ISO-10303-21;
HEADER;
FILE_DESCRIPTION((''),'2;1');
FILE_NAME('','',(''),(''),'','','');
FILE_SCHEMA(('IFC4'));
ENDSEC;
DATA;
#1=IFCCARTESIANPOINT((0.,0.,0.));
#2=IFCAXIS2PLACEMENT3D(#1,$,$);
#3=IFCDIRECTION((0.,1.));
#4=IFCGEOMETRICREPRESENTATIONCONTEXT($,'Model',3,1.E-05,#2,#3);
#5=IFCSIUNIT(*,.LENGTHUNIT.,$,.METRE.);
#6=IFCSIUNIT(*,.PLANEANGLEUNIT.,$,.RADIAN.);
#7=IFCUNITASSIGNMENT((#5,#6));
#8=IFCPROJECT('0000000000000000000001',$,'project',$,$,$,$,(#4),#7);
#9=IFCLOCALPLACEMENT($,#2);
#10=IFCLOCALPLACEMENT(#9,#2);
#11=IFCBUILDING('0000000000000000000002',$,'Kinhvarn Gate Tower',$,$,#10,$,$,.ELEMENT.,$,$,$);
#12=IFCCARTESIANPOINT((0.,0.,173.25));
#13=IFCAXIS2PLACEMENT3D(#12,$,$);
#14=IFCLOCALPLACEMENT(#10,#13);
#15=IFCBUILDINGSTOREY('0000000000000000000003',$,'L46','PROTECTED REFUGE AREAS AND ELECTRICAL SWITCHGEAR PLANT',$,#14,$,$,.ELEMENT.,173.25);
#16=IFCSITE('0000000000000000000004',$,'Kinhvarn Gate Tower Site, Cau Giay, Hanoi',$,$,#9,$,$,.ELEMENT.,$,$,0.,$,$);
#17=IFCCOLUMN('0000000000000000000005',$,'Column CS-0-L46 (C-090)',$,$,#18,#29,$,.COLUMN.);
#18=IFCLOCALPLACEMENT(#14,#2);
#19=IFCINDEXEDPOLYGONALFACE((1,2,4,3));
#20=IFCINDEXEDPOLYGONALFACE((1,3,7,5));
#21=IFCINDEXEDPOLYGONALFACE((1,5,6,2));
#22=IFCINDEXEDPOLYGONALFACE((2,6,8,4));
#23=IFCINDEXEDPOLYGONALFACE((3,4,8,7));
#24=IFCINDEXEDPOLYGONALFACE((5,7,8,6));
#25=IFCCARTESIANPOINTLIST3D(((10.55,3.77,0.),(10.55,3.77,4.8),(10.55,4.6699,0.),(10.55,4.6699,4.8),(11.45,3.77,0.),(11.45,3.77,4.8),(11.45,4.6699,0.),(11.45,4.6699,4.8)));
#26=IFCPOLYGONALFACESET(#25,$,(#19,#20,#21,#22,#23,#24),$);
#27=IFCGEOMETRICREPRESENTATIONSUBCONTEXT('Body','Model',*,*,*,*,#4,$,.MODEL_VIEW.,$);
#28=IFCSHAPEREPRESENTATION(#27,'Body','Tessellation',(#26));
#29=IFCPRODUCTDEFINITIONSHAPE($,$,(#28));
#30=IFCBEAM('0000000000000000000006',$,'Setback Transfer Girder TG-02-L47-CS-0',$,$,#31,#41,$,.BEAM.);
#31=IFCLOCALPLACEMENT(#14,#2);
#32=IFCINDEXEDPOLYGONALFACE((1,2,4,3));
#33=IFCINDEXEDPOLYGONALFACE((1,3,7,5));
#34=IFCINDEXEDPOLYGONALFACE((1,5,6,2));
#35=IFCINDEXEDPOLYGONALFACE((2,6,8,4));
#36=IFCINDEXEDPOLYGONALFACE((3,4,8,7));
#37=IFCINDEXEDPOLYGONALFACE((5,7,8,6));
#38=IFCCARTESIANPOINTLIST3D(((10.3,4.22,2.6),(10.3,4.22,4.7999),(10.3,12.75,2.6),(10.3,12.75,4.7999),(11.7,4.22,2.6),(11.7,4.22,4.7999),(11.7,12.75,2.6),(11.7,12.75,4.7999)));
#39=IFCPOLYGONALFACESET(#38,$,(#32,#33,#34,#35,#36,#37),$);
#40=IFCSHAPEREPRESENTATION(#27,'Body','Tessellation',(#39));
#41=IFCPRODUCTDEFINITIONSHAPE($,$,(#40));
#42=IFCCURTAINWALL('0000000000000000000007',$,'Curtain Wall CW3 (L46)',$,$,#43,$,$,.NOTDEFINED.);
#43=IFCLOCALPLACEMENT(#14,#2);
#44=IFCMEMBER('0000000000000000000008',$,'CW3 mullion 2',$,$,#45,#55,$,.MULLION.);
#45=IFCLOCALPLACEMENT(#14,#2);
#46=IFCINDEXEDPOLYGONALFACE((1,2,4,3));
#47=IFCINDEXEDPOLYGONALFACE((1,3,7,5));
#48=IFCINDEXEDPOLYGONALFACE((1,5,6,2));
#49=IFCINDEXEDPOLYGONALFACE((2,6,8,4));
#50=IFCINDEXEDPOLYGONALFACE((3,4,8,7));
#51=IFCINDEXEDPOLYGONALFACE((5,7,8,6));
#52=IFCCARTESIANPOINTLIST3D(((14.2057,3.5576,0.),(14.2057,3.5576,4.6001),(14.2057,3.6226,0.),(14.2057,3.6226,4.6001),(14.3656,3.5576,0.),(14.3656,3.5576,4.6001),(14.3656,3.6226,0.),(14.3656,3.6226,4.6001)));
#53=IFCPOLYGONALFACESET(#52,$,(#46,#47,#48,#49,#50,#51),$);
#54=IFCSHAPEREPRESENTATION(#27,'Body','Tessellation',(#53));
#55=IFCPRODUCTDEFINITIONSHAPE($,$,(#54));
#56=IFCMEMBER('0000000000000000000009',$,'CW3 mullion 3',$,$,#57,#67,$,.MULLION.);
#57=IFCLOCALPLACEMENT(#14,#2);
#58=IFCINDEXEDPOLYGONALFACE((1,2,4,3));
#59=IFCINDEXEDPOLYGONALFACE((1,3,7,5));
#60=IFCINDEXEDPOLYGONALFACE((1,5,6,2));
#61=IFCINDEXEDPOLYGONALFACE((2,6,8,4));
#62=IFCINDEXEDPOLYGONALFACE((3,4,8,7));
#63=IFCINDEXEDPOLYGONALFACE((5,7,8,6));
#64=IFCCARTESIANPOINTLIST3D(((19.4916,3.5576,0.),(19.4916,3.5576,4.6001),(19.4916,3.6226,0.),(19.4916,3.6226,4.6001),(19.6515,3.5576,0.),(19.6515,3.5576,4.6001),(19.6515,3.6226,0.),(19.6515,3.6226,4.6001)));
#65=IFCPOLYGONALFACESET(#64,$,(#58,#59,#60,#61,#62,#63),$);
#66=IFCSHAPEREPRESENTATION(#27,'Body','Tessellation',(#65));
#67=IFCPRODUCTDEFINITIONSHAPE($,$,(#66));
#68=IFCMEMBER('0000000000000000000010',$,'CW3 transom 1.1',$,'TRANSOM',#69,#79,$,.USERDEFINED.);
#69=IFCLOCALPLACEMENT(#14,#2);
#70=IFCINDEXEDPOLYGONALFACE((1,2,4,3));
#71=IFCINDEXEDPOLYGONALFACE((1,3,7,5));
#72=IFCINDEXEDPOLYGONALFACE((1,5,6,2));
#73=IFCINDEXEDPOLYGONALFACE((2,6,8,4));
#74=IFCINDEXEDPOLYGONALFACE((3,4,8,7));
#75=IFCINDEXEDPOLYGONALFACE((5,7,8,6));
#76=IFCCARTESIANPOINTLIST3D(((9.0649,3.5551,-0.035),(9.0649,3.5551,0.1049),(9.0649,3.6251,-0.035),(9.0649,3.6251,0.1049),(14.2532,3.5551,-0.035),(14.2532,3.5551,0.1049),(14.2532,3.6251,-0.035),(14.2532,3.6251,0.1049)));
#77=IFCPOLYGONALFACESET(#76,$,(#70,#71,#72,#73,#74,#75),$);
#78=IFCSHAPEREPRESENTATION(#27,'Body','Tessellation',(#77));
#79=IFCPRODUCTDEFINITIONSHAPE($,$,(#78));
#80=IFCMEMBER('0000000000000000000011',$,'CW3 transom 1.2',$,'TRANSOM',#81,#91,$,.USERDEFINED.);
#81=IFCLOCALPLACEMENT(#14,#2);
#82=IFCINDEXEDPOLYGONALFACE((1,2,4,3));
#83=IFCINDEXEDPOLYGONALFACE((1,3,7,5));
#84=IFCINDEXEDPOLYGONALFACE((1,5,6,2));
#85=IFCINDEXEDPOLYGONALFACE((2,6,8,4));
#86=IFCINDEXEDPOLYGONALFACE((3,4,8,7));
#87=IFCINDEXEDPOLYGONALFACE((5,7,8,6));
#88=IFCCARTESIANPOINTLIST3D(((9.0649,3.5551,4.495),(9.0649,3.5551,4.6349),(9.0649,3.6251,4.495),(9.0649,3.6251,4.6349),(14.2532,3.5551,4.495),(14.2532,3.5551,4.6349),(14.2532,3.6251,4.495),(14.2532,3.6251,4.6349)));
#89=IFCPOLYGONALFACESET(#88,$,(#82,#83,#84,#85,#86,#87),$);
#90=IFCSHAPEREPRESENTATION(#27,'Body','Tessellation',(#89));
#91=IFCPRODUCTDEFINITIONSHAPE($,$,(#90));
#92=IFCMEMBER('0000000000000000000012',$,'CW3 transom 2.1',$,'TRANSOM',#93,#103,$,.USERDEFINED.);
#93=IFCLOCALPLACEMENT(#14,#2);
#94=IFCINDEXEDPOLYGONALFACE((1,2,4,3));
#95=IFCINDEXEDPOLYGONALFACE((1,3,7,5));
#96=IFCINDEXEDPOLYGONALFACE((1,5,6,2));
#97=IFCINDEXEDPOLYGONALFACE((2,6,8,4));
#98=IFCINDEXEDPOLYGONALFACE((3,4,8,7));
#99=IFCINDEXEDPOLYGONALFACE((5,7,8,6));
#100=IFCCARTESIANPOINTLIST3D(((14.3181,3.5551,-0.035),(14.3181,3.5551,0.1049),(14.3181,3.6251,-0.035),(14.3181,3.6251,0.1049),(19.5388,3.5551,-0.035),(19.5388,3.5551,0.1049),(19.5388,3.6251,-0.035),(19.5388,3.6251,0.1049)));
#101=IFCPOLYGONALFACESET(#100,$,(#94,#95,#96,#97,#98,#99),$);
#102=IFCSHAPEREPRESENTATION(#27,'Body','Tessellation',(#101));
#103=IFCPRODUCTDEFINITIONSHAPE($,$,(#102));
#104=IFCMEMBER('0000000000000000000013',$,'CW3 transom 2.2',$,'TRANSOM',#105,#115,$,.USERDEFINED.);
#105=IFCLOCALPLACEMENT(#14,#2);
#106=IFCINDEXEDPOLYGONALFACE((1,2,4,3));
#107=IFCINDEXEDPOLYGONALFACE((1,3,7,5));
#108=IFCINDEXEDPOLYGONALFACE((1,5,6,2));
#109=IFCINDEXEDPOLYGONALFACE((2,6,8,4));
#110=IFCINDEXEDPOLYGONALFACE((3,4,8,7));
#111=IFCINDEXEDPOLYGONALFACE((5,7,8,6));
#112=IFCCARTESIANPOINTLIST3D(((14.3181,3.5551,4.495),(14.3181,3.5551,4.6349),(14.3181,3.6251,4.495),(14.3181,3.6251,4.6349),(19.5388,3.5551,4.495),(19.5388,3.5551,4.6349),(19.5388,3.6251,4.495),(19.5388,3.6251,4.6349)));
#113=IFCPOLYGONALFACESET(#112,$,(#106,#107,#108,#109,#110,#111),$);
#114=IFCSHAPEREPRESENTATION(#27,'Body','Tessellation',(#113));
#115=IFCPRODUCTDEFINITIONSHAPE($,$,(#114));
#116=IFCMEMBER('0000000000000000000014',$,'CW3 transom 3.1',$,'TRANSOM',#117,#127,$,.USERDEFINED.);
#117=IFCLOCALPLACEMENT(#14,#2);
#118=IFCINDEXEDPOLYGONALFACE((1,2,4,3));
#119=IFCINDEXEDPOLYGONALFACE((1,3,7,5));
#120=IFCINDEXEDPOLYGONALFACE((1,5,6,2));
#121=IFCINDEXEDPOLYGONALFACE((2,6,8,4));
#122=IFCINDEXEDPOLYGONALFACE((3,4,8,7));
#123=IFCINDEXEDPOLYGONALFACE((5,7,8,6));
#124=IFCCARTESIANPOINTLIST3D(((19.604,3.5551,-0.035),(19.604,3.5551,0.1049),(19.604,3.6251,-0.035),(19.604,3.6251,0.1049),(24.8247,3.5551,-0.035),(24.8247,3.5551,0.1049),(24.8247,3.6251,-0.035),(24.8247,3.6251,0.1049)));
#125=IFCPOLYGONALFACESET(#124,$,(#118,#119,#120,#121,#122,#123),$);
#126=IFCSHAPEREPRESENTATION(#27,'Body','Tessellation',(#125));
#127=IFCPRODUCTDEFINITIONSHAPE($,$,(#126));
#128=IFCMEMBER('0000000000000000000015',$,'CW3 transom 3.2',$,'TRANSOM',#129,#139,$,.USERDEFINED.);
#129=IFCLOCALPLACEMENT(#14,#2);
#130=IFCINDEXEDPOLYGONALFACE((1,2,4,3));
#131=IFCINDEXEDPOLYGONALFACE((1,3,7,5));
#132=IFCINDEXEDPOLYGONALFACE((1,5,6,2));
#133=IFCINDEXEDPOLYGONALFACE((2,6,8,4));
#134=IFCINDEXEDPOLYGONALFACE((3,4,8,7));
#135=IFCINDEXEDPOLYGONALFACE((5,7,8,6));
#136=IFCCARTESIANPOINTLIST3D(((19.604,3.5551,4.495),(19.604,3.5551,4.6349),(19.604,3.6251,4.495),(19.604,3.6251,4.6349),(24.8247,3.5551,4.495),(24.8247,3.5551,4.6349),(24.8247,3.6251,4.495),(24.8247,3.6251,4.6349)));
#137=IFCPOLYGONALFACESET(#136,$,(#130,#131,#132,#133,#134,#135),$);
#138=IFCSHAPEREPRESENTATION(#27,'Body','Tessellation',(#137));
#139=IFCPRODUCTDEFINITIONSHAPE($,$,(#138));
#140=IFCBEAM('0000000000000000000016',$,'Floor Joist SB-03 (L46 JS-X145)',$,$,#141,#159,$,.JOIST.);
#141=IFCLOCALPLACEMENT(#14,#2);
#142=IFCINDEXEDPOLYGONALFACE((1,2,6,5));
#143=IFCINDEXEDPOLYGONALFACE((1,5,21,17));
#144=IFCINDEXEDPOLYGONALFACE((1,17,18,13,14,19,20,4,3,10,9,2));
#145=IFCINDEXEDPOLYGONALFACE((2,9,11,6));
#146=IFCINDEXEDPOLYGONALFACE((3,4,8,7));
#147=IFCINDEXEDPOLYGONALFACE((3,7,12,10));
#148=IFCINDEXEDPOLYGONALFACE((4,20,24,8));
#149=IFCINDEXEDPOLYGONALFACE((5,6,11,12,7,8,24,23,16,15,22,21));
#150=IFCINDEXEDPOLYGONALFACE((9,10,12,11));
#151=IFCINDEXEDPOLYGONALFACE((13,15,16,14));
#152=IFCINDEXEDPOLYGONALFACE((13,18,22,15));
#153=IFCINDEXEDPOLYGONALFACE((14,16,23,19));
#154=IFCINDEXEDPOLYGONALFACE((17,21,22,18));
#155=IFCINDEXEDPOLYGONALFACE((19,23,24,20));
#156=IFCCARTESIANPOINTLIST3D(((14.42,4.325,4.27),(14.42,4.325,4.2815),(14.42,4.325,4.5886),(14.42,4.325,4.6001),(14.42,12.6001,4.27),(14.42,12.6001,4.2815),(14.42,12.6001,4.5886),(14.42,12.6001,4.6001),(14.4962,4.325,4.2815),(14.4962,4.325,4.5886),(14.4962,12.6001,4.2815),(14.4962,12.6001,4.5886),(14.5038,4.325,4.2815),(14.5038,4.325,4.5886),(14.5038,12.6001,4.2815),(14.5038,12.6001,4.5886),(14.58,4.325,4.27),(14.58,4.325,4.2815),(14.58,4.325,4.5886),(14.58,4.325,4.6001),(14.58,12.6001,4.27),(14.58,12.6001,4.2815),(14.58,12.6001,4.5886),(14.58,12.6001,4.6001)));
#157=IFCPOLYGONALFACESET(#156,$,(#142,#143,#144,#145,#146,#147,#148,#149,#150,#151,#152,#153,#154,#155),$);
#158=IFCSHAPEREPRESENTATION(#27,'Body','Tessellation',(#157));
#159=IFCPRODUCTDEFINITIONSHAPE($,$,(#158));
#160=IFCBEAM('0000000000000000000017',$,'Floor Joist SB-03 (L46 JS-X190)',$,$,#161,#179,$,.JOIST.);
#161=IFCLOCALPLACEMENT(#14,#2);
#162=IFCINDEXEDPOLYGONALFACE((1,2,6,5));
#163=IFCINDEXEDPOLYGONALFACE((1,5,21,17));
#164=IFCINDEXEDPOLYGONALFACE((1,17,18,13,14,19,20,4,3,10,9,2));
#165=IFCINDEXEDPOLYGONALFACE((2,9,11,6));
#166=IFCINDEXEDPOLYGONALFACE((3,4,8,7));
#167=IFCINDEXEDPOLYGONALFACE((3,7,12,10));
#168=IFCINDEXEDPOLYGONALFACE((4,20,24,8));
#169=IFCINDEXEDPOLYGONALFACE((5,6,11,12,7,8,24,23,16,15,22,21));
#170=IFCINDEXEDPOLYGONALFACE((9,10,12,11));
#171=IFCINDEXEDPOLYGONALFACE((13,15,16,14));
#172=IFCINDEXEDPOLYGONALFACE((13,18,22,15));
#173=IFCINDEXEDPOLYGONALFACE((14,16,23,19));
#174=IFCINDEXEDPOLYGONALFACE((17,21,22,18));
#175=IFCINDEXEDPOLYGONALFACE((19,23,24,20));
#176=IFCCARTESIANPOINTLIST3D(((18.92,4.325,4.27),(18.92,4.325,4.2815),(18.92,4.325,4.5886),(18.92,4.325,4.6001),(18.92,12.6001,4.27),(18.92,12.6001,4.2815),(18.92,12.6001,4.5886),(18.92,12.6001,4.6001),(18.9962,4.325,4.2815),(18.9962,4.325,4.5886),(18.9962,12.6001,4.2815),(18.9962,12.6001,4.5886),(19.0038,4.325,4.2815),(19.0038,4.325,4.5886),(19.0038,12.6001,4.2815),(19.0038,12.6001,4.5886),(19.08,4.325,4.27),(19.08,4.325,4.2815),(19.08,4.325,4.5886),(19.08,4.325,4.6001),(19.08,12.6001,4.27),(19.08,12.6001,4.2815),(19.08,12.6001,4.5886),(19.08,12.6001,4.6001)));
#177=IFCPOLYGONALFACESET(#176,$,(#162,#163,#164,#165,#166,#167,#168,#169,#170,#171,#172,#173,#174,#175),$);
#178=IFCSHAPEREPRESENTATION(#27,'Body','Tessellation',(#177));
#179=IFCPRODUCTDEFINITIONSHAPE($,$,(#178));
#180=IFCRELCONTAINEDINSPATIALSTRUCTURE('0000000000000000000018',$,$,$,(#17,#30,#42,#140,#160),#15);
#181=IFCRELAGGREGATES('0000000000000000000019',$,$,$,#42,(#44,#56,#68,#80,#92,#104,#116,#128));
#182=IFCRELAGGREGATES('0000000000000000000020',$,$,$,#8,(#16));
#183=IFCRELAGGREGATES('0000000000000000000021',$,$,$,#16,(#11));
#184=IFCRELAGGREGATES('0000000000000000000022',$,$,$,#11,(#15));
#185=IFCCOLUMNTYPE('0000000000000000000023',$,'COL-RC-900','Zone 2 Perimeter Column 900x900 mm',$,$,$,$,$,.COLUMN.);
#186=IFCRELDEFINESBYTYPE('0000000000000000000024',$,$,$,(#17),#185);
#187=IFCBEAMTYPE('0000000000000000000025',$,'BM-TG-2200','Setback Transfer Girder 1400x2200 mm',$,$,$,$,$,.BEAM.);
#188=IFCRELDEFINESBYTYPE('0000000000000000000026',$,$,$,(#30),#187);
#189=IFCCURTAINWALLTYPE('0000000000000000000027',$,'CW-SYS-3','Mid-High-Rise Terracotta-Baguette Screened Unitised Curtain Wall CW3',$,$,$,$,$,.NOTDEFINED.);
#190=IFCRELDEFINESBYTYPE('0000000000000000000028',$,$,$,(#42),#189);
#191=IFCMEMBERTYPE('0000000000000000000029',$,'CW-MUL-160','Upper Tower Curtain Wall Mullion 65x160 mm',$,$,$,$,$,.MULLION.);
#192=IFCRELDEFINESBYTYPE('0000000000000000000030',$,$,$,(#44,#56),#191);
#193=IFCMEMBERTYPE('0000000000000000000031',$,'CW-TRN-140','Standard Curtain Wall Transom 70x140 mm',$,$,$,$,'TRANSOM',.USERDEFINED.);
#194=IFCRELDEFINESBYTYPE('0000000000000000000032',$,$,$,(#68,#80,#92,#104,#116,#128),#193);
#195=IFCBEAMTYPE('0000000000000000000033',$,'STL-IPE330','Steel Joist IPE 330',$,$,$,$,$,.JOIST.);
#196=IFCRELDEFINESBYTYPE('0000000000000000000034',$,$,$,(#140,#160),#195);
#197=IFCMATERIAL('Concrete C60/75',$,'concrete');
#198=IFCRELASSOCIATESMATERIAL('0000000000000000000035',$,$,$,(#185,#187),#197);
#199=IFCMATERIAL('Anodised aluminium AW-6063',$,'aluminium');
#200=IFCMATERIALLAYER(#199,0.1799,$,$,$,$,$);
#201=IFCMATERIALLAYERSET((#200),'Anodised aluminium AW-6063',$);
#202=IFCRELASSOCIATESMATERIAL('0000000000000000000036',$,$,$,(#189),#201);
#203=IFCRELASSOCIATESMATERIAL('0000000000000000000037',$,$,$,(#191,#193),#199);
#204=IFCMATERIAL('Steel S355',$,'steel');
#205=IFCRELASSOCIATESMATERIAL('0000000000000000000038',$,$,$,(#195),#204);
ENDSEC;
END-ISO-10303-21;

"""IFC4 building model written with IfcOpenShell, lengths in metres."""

from ifc_helpers import new_model, si_unit, direction, frame, origin, origin_2d, place, context, subcontext, project, spatial, rectangle, i_section, extrude, material, layer, layer_set, material_profile, profile_set, type_object, element, aggregate, save


model = new_model("IFC4")

# Units and contexts
model_context = context("Model", 3, precision=1e-05, world=origin(), true_north=direction((0.0, 1.0)))
body_context = subcontext(model_context, "Body", "Model", "MODEL_VIEW")
ifc_project = project(units=[si_unit("LENGTHUNIT", "METRE"), si_unit("PLANEANGLEUNIT", "RADIAN")], contexts=[model_context])

# Site, building, storey
site_placement = place(None, origin())
site = spatial("IfcSite", under=ifc_project, at=site_placement, Name="Kinhvarn Gate Tower Site, Cau Giay, Hanoi", CompositionType="ELEMENT", RefElevation=0.0)
building_placement = place(site_placement, origin())
building = spatial("IfcBuilding", under=site, at=building_placement, Name="Kinhvarn Gate Tower", CompositionType="ELEMENT")
storey_placement = place(building_placement, frame((0.0, 0.0, 173.25)))
storey = spatial("IfcBuildingStorey", under=building, at=storey_placement, Name="L46", Description="PROTECTED REFUGE AREAS AND ELECTRICAL SWITCHGEAR PLANT", CompositionType="ELEMENT", Elevation=173.25)

# Column
ifc_material_1 = material(Name="Concrete C60/75", Category="concrete")
ifc_material_profile_1 = material_profile(ifc_material_1, rectangle(XDim=0.8999, YDim=0.8999, at=origin_2d()), Name="RC 900x900")
ifc_profile_set_1 = profile_set([ifc_material_profile_1], Name="Concrete C60/75")
column_type = type_object("IfcColumnType", Name="COL-RC-900", Description="Zone 2 Perimeter Column 900x900 mm", PredefinedType="COLUMN", material=ifc_profile_set_1)
column_placement = place(storey_placement, frame((11.0, 4.22, 0.0), z_axis=(0.0, 0.0, 1.0), x_axis=(1.0, 0.0, 0.0)))
element("IfcColumn", 1, at=column_placement, inside=storey, type_object=column_type, Name="Column CS-0-L46 (C-090)", PredefinedType="COLUMN", context=body_context, shape_type="SweptSolid", body=[
    extrude(rectangle(XDim=0.8999, YDim=0.8999, at=origin_2d()), origin(), (0.0, 0.0, 1.0), 4.8),
])

# Beam
ifc_material_profile_2 = material_profile(ifc_material_1, rectangle(XDim=1.3999, YDim=2.2, at=origin_2d()), Name="RC 1400x2200")
ifc_profile_set_2 = profile_set([ifc_material_profile_2], Name="Concrete C60/75")
beam_type_1 = type_object("IfcBeamType", Name="BM-TG-2200", Description="Setback Transfer Girder 1400x2200 mm", PredefinedType="BEAM", material=ifc_profile_set_2)
beam_1_placement = place(storey_placement, frame((11.0, 4.22, 3.7), z_axis=(0.0, 1.0, 0.0), x_axis=(-1.0, 0.0, 0.0)))
element("IfcBeam", 2, at=beam_1_placement, inside=storey, type_object=beam_type_1, Name="Setback Transfer Girder TG-02-L47-CS-0", PredefinedType="BEAM", context=body_context, shape_type="SweptSolid", body=[
    extrude(rectangle(XDim=1.3999, YDim=2.2, at=origin_2d()), origin(), (0.0, 0.0, 1.0), 8.53),
])

# Curtain wall, members
ifc_material_2 = material(Name="Anodised aluminium AW-6063", Category="aluminium")
ifc_layer_1 = layer(ifc_material_2, 0.1799)
ifc_layer_set_1 = layer_set([ifc_layer_1], Name="Anodised aluminium AW-6063")
curtain_wall_type = type_object("IfcCurtainWallType", Name="CW-SYS-3", Description="Mid-High-Rise Terracotta-Baguette Screened Unitised Curtain Wall CW3", PredefinedType="NOTDEFINED", material=ifc_layer_set_1)
curtain_wall_placement = place(storey_placement, origin())
curtain_wall = element("IfcCurtainWall", 3, at=curtain_wall_placement, inside=storey, type_object=curtain_wall_type, Name="Curtain Wall CW3 (L46)", PredefinedType="NOTDEFINED")
ifc_material_profile_3 = material_profile(ifc_material_2, rectangle(XDim=0.0649, YDim=0.1599, at=origin_2d()), Name="ALU 65x160")
ifc_profile_set_3 = profile_set([ifc_material_profile_3], Name="Anodised aluminium AW-6063")
member_type_1 = type_object("IfcMemberType", Name="CW-MUL-160", Description="Upper Tower Curtain Wall Mullion 65x160 mm", PredefinedType="MULLION", material=ifc_profile_set_3)
member_1_placement = place(storey_placement, frame((14.2856, 3.5901, 0.0), z_axis=(0.0, 0.0, 1.0), x_axis=(0.0, 1.0, 0.0)))
member_1 = element("IfcMember", 4, at=member_1_placement, type_object=member_type_1, Name="CW3 mullion 2", PredefinedType="MULLION", context=body_context, shape_type="SweptSolid", body=[
    extrude(rectangle(XDim=0.0649, YDim=0.1599, at=origin_2d()), origin(), (0.0, 0.0, 1.0), 4.6001),
])
member_2_placement = place(storey_placement, frame((19.5715, 3.5901, 0.0), z_axis=(0.0, 0.0, 1.0), x_axis=(0.0, 1.0, 0.0)))
member_2 = element("IfcMember", 5, at=member_2_placement, type_object=member_type_1, Name="CW3 mullion 3", PredefinedType="MULLION", context=body_context, shape_type="SweptSolid", body=[
    extrude(rectangle(XDim=0.0649, YDim=0.1599, at=origin_2d()), origin(), (0.0, 0.0, 1.0), 4.6001),
])
ifc_material_profile_4 = material_profile(ifc_material_2, rectangle(XDim=0.0701, YDim=0.1399, at=origin_2d()), Name="ALU 70x140")
ifc_profile_set_4 = profile_set([ifc_material_profile_4], Name="Anodised aluminium AW-6063")
member_type_2 = type_object("IfcMemberType", Name="CW-TRN-140", Description="Standard Curtain Wall Transom 70x140 mm", ElementType="TRANSOM", PredefinedType="USERDEFINED", material=ifc_profile_set_4)
member_3_placement = place(storey_placement, frame((9.0649, 3.5901, 0.0349), z_axis=(1.0, 0.0, 0.0), x_axis=(0.0, 1.0, 0.0)))
member_3 = element("IfcMember", 6, at=member_3_placement, type_object=member_type_2, Name="CW3 transom 1.1", ObjectType="TRANSOM", PredefinedType="USERDEFINED", context=body_context, shape_type="SweptSolid", body=[
    extrude(rectangle(XDim=0.0701, YDim=0.1399, at=origin_2d()), origin(), (0.0, 0.0, 1.0), 5.1882),
])
member_4_placement = place(storey_placement, frame((9.0649, 3.5901, 4.5649), z_axis=(1.0, 0.0, 0.0), x_axis=(0.0, 1.0, 0.0)))
member_4 = element("IfcMember", 7, at=member_4_placement, type_object=member_type_2, Name="CW3 transom 1.2", ObjectType="TRANSOM", PredefinedType="USERDEFINED", context=body_context, shape_type="SweptSolid", body=[
    extrude(rectangle(XDim=0.0701, YDim=0.1399, at=origin_2d()), origin(), (0.0, 0.0, 1.0), 5.1882),
])
member_5_placement = place(storey_placement, frame((14.3181, 3.5901, 0.0349), z_axis=(1.0, 0.0, 0.0), x_axis=(0.0, 1.0, 0.0)))
member_5 = element("IfcMember", 8, at=member_5_placement, type_object=member_type_2, Name="CW3 transom 2.1", ObjectType="TRANSOM", PredefinedType="USERDEFINED", context=body_context, shape_type="SweptSolid", body=[
    extrude(rectangle(XDim=0.0701, YDim=0.1399, at=origin_2d()), origin(), (0.0, 0.0, 1.0), 5.2207),
])
member_6_placement = place(storey_placement, frame((14.3181, 3.5901, 4.5649), z_axis=(1.0, 0.0, 0.0), x_axis=(0.0, 1.0, 0.0)))
member_6 = element("IfcMember", 9, at=member_6_placement, type_object=member_type_2, Name="CW3 transom 2.2", ObjectType="TRANSOM", PredefinedType="USERDEFINED", context=body_context, shape_type="SweptSolid", body=[
    extrude(rectangle(XDim=0.0701, YDim=0.1399, at=origin_2d()), origin(), (0.0, 0.0, 1.0), 5.2207),
])
member_7_placement = place(storey_placement, frame((19.604, 3.5901, 0.0349), z_axis=(1.0, 0.0, 0.0), x_axis=(0.0, 1.0, 0.0)))
member_7 = element("IfcMember", 10, at=member_7_placement, type_object=member_type_2, Name="CW3 transom 3.1", ObjectType="TRANSOM", PredefinedType="USERDEFINED", context=body_context, shape_type="SweptSolid", body=[
    extrude(rectangle(XDim=0.0701, YDim=0.1399, at=origin_2d()), origin(), (0.0, 0.0, 1.0), 5.2207),
])
member_8_placement = place(storey_placement, frame((19.604, 3.5901, 4.5649), z_axis=(1.0, 0.0, 0.0), x_axis=(0.0, 1.0, 0.0)))
member_8 = element("IfcMember", 11, at=member_8_placement, type_object=member_type_2, Name="CW3 transom 3.2", ObjectType="TRANSOM", PredefinedType="USERDEFINED", context=body_context, shape_type="SweptSolid", body=[
    extrude(rectangle(XDim=0.0701, YDim=0.1399, at=origin_2d()), origin(), (0.0, 0.0, 1.0), 5.2207),
])

# Beams
ifc_material_3 = material(Name="Steel S355", Category="steel")
ifc_material_profile_5 = material_profile(ifc_material_3, i_section(OverallWidth=0.1599, OverallDepth=0.3301, WebThickness=0.0076, FlangeThickness=0.0115, at=origin_2d()), Name="IPE 330")
ifc_profile_set_5 = profile_set([ifc_material_profile_5], Name="Steel S355")
beam_type_2 = type_object("IfcBeamType", Name="STL-IPE330", Description="Steel Joist IPE 330", PredefinedType="JOIST", material=ifc_profile_set_5)
for number, where, z_axis, x_axis, name in (
    (12, (14.5, 4.325, 4.4351), (0.0, 1.0, 0.0), (-1.0, 0.0, 0.0), "Floor Joist SB-03 (L46 JS-X145)"),
    (13, (19.0, 4.325, 4.4351), (0.0, 1.0, 0.0), (-1.0, 0.0, 0.0), "Floor Joist SB-03 (L46 JS-X190)"),
):
    element("IfcBeam", number, at=place(storey_placement, frame(where, z_axis=z_axis, x_axis=x_axis)), inside=storey, type_object=beam_type_2, Name=name, PredefinedType="JOIST", context=body_context, shape_type="SweptSolid", body=[
        extrude(i_section(OverallWidth=0.1599, OverallDepth=0.3301, WebThickness=0.0076, FlangeThickness=0.0115, at=origin_2d()), origin(), (0.0, 0.0, 1.0), 8.2751),
    ])

aggregate(curtain_wall, [member_1, member_2, member_3, member_4, member_5, member_6, member_7, member_8])

save(model, "model.ifc")
